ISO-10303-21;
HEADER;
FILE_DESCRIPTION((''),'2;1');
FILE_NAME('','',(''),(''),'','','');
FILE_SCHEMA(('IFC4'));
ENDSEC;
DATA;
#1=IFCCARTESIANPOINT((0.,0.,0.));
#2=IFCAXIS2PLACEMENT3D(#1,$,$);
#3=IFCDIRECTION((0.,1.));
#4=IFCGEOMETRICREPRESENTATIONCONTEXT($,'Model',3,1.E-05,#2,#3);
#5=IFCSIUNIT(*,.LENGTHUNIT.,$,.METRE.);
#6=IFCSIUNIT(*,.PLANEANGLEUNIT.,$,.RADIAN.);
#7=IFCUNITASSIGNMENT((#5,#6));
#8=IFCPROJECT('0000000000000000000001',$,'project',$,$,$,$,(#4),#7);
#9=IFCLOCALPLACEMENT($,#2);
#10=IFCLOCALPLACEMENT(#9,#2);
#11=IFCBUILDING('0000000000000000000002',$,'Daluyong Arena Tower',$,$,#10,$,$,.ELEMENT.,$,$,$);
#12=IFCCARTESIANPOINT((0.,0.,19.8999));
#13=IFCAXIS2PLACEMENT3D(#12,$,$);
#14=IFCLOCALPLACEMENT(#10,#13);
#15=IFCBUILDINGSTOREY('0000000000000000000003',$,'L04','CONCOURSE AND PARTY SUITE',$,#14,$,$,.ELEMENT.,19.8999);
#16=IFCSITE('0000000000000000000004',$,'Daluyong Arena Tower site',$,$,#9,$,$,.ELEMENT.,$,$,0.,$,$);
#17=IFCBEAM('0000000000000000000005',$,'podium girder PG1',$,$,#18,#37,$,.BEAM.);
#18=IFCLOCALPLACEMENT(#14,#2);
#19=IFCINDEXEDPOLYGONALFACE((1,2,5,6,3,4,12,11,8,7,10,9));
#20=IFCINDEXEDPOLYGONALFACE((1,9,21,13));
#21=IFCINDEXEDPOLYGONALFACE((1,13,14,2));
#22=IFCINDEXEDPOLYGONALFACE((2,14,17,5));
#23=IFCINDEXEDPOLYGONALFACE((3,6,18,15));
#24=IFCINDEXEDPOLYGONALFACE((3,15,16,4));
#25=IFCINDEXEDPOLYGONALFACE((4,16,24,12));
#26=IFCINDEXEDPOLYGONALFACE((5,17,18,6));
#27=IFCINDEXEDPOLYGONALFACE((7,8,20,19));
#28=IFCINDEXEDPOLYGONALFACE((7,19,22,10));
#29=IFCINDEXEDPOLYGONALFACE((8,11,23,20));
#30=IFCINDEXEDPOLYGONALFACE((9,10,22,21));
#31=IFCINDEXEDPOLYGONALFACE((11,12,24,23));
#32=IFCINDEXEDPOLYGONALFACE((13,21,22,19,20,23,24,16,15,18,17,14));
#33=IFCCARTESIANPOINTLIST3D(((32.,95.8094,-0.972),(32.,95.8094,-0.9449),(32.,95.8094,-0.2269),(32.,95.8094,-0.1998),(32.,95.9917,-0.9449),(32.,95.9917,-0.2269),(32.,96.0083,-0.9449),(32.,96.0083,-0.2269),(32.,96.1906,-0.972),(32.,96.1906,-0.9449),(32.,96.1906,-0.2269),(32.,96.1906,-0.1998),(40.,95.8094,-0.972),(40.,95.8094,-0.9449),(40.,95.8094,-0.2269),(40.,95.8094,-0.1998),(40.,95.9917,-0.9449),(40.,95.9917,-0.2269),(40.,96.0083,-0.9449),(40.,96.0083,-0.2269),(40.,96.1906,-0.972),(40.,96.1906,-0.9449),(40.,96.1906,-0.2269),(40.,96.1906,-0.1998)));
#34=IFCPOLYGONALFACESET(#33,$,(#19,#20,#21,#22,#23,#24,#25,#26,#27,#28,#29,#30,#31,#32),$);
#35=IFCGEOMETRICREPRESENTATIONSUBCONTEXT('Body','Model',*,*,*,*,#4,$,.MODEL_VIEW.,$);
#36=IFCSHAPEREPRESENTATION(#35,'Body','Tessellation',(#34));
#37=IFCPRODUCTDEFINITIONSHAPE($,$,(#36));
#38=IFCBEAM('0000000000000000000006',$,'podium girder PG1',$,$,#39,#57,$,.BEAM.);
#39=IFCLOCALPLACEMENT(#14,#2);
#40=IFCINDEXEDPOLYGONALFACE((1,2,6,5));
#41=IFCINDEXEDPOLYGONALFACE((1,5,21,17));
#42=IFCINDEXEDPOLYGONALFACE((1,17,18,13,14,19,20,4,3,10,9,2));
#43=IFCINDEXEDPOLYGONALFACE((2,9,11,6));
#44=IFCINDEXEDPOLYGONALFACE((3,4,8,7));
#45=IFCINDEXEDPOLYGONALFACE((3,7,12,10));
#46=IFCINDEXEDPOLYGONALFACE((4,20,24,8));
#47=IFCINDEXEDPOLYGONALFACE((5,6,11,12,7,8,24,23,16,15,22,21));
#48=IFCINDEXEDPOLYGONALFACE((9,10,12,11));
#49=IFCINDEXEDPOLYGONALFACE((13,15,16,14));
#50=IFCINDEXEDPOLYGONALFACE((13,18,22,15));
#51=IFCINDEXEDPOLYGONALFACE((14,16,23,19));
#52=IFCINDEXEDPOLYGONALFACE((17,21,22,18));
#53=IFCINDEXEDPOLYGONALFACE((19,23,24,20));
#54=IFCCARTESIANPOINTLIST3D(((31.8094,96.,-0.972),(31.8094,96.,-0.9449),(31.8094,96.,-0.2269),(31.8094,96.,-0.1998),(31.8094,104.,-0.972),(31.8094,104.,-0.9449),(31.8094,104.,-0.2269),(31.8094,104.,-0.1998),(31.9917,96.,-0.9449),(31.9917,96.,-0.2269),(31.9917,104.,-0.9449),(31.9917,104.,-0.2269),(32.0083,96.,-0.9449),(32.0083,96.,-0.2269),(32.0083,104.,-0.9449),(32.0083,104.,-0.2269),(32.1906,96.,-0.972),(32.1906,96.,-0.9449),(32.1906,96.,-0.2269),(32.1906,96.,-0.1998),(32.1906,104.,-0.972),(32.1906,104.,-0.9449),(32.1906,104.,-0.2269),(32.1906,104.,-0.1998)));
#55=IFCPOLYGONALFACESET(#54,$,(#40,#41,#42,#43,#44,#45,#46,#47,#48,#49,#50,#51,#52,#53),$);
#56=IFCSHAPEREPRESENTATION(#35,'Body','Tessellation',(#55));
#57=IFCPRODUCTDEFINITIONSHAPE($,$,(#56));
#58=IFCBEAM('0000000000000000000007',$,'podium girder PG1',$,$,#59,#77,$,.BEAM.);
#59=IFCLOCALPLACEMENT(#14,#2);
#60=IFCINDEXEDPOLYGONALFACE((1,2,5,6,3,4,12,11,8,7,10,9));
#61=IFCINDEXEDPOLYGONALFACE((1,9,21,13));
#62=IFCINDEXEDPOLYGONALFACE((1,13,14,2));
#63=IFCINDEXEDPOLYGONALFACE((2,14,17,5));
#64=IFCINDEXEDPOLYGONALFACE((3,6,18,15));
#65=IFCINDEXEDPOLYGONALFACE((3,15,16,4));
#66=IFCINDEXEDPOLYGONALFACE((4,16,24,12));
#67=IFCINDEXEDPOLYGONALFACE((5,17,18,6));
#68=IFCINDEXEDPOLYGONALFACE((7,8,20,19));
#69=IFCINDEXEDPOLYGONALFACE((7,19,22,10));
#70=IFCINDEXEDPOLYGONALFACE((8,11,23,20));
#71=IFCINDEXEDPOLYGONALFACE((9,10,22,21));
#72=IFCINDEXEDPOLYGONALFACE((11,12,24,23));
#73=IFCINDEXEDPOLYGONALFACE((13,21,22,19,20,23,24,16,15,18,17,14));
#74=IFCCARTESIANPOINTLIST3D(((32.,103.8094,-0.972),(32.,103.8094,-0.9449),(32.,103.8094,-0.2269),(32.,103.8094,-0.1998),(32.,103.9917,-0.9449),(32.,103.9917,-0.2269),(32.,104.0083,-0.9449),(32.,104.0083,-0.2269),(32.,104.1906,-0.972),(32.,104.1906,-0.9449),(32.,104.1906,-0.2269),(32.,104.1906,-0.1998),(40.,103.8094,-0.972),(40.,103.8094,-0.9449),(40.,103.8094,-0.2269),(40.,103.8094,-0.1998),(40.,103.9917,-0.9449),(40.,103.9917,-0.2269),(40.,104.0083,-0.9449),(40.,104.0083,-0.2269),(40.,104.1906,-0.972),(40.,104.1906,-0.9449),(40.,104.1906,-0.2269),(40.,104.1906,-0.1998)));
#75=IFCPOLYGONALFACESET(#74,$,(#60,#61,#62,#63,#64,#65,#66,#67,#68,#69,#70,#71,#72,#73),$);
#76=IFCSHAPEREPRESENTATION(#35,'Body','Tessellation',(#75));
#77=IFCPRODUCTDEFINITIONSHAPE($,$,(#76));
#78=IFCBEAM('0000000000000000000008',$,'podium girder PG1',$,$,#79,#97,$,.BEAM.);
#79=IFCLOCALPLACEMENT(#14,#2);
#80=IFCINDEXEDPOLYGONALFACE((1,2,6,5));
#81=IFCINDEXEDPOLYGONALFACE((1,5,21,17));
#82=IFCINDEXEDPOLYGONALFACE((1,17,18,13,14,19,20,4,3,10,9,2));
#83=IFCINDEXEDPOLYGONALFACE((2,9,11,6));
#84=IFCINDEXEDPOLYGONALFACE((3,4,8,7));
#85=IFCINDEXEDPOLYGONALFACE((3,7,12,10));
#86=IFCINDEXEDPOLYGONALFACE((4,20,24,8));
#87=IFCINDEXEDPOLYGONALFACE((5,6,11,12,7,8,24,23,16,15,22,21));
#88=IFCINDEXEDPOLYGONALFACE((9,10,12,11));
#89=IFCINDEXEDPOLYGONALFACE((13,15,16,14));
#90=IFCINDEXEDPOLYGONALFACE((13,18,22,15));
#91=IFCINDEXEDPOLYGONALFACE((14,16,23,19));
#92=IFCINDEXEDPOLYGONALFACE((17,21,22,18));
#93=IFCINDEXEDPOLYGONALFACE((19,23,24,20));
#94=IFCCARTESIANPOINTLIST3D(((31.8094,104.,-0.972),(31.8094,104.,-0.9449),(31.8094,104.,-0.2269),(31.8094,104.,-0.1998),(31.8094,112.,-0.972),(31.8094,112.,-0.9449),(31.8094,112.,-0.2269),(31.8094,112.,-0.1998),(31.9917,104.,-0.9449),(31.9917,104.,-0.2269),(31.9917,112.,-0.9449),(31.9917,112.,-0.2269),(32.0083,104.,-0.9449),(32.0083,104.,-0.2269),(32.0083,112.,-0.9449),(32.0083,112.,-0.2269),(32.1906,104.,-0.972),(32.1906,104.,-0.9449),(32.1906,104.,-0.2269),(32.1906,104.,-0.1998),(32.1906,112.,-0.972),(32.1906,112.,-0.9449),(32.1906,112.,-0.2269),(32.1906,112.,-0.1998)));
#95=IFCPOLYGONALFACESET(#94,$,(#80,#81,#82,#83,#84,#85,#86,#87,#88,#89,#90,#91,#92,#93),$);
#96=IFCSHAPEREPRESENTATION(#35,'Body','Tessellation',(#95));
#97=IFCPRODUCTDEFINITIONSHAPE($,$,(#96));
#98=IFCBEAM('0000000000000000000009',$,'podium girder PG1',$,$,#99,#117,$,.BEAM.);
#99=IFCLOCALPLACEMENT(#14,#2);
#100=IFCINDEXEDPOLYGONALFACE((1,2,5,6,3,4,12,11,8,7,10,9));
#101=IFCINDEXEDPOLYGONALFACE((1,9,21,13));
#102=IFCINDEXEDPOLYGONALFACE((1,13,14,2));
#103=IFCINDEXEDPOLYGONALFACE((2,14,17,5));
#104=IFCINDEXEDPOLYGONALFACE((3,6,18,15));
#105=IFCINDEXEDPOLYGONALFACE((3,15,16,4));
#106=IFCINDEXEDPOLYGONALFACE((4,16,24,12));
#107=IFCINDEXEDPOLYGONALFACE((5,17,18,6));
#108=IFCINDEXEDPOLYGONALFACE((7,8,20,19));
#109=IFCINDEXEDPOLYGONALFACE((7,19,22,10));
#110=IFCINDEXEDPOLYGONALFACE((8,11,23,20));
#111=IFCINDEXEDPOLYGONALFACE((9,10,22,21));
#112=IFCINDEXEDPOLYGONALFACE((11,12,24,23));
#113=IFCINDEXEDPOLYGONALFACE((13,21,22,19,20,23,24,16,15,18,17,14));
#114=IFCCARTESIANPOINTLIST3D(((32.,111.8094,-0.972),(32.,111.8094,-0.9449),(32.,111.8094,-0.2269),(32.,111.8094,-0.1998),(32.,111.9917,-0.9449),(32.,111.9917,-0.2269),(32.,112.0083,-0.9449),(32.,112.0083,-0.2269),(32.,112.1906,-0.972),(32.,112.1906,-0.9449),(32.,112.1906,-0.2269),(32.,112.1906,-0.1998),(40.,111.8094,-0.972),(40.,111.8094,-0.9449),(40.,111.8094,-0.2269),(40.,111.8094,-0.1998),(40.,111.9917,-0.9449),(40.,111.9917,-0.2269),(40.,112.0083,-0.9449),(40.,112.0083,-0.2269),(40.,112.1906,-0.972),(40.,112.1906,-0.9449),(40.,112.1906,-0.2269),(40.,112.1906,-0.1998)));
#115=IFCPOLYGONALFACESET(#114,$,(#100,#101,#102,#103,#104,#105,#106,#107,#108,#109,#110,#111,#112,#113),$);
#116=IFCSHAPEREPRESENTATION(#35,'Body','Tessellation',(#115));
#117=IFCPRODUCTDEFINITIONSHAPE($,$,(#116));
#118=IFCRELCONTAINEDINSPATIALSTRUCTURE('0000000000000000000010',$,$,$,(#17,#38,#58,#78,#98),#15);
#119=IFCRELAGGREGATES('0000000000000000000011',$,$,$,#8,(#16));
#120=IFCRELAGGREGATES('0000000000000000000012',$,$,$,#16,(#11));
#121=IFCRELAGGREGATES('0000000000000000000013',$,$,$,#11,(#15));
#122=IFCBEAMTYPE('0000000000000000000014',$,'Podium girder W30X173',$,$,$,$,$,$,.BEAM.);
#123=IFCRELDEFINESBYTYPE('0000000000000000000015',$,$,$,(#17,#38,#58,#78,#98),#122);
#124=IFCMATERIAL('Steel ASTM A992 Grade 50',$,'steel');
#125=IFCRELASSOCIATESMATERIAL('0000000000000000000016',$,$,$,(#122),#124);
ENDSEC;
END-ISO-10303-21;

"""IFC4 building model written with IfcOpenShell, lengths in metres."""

from ifc_helpers import new_model, si_unit, direction, frame, origin, origin_2d, place, context, subcontext, project, spatial, i_section, extrude, material, material_profile, profile_set, type_object, element, save


model = new_model("IFC4")

# Units and contexts
model_context = context("Model", 3, precision=1e-05, world=origin(), true_north=direction((0.0, 1.0)))
body_context = subcontext(model_context, "Body", "Model", "MODEL_VIEW")
ifc_project = project(units=[si_unit("LENGTHUNIT", "METRE"), si_unit("PLANEANGLEUNIT", "RADIAN")], contexts=[model_context])

# Site, building, storey
site_placement = place(None, origin())
site = spatial("IfcSite", under=ifc_project, at=site_placement, Name="Daluyong Arena Tower site", CompositionType="ELEMENT", RefElevation=0.0)
building_placement = place(site_placement, origin())
building = spatial("IfcBuilding", under=site, at=building_placement, Name="Daluyong Arena Tower", CompositionType="ELEMENT")
storey_placement = place(building_placement, frame((0.0, 0.0, 19.8999)))
storey = spatial("IfcBuildingStorey", under=building, at=storey_placement, Name="L04", Description="CONCOURSE AND PARTY SUITE", CompositionType="ELEMENT", Elevation=19.8999)

# Beams
ifc_material_1 = material(Name="Steel ASTM A992 Grade 50", Category="steel")
ifc_material_profile_1 = material_profile(ifc_material_1, i_section(OverallWidth=0.3811, OverallDepth=0.7722, WebThickness=0.0166, FlangeThickness=0.0271, at=origin_2d()))
ifc_profile_set_1 = profile_set([ifc_material_profile_1], Name="Steel ASTM A992 Grade 50")
beam_type_1 = type_object("IfcBeamType", Name="Podium girder W30X173", PredefinedType="BEAM", material=ifc_profile_set_1)
for number, where, z_axis, x_axis, name in (
    (1, (32.0, 96.0, -0.5859), (1.0, 0.0, 0.0), (0.0, 1.0, 0.0), "podium girder PG1"),
    (2, (32.0, 96.0, -0.5859), (0.0, 1.0, 0.0), (-1.0, 0.0, 0.0), "podium girder PG1"),
    (3, (32.0, 104.0, -0.5859), (1.0, 0.0, 0.0), (0.0, 1.0, 0.0), "podium girder PG1"),
    (4, (32.0, 104.0, -0.5859), (0.0, 1.0, 0.0), (-1.0, 0.0, 0.0), "podium girder PG1"),
    (5, (32.0, 112.0, -0.5859), (1.0, 0.0, 0.0), (0.0, 1.0, 0.0), "podium girder PG1"),
):
    element("IfcBeam", number, at=place(storey_placement, frame(where, z_axis=z_axis, x_axis=x_axis)), inside=storey, type_object=beam_type_1, Name=name, PredefinedType="BEAM", context=body_context, shape_type="SweptSolid", body=[
        extrude(i_section(OverallWidth=0.3811, OverallDepth=0.7722, WebThickness=0.0166, FlangeThickness=0.0271, at=origin_2d()), origin(), (0.0, 0.0, 1.0), 8.0),
    ])

save(model, "model.ifc")
